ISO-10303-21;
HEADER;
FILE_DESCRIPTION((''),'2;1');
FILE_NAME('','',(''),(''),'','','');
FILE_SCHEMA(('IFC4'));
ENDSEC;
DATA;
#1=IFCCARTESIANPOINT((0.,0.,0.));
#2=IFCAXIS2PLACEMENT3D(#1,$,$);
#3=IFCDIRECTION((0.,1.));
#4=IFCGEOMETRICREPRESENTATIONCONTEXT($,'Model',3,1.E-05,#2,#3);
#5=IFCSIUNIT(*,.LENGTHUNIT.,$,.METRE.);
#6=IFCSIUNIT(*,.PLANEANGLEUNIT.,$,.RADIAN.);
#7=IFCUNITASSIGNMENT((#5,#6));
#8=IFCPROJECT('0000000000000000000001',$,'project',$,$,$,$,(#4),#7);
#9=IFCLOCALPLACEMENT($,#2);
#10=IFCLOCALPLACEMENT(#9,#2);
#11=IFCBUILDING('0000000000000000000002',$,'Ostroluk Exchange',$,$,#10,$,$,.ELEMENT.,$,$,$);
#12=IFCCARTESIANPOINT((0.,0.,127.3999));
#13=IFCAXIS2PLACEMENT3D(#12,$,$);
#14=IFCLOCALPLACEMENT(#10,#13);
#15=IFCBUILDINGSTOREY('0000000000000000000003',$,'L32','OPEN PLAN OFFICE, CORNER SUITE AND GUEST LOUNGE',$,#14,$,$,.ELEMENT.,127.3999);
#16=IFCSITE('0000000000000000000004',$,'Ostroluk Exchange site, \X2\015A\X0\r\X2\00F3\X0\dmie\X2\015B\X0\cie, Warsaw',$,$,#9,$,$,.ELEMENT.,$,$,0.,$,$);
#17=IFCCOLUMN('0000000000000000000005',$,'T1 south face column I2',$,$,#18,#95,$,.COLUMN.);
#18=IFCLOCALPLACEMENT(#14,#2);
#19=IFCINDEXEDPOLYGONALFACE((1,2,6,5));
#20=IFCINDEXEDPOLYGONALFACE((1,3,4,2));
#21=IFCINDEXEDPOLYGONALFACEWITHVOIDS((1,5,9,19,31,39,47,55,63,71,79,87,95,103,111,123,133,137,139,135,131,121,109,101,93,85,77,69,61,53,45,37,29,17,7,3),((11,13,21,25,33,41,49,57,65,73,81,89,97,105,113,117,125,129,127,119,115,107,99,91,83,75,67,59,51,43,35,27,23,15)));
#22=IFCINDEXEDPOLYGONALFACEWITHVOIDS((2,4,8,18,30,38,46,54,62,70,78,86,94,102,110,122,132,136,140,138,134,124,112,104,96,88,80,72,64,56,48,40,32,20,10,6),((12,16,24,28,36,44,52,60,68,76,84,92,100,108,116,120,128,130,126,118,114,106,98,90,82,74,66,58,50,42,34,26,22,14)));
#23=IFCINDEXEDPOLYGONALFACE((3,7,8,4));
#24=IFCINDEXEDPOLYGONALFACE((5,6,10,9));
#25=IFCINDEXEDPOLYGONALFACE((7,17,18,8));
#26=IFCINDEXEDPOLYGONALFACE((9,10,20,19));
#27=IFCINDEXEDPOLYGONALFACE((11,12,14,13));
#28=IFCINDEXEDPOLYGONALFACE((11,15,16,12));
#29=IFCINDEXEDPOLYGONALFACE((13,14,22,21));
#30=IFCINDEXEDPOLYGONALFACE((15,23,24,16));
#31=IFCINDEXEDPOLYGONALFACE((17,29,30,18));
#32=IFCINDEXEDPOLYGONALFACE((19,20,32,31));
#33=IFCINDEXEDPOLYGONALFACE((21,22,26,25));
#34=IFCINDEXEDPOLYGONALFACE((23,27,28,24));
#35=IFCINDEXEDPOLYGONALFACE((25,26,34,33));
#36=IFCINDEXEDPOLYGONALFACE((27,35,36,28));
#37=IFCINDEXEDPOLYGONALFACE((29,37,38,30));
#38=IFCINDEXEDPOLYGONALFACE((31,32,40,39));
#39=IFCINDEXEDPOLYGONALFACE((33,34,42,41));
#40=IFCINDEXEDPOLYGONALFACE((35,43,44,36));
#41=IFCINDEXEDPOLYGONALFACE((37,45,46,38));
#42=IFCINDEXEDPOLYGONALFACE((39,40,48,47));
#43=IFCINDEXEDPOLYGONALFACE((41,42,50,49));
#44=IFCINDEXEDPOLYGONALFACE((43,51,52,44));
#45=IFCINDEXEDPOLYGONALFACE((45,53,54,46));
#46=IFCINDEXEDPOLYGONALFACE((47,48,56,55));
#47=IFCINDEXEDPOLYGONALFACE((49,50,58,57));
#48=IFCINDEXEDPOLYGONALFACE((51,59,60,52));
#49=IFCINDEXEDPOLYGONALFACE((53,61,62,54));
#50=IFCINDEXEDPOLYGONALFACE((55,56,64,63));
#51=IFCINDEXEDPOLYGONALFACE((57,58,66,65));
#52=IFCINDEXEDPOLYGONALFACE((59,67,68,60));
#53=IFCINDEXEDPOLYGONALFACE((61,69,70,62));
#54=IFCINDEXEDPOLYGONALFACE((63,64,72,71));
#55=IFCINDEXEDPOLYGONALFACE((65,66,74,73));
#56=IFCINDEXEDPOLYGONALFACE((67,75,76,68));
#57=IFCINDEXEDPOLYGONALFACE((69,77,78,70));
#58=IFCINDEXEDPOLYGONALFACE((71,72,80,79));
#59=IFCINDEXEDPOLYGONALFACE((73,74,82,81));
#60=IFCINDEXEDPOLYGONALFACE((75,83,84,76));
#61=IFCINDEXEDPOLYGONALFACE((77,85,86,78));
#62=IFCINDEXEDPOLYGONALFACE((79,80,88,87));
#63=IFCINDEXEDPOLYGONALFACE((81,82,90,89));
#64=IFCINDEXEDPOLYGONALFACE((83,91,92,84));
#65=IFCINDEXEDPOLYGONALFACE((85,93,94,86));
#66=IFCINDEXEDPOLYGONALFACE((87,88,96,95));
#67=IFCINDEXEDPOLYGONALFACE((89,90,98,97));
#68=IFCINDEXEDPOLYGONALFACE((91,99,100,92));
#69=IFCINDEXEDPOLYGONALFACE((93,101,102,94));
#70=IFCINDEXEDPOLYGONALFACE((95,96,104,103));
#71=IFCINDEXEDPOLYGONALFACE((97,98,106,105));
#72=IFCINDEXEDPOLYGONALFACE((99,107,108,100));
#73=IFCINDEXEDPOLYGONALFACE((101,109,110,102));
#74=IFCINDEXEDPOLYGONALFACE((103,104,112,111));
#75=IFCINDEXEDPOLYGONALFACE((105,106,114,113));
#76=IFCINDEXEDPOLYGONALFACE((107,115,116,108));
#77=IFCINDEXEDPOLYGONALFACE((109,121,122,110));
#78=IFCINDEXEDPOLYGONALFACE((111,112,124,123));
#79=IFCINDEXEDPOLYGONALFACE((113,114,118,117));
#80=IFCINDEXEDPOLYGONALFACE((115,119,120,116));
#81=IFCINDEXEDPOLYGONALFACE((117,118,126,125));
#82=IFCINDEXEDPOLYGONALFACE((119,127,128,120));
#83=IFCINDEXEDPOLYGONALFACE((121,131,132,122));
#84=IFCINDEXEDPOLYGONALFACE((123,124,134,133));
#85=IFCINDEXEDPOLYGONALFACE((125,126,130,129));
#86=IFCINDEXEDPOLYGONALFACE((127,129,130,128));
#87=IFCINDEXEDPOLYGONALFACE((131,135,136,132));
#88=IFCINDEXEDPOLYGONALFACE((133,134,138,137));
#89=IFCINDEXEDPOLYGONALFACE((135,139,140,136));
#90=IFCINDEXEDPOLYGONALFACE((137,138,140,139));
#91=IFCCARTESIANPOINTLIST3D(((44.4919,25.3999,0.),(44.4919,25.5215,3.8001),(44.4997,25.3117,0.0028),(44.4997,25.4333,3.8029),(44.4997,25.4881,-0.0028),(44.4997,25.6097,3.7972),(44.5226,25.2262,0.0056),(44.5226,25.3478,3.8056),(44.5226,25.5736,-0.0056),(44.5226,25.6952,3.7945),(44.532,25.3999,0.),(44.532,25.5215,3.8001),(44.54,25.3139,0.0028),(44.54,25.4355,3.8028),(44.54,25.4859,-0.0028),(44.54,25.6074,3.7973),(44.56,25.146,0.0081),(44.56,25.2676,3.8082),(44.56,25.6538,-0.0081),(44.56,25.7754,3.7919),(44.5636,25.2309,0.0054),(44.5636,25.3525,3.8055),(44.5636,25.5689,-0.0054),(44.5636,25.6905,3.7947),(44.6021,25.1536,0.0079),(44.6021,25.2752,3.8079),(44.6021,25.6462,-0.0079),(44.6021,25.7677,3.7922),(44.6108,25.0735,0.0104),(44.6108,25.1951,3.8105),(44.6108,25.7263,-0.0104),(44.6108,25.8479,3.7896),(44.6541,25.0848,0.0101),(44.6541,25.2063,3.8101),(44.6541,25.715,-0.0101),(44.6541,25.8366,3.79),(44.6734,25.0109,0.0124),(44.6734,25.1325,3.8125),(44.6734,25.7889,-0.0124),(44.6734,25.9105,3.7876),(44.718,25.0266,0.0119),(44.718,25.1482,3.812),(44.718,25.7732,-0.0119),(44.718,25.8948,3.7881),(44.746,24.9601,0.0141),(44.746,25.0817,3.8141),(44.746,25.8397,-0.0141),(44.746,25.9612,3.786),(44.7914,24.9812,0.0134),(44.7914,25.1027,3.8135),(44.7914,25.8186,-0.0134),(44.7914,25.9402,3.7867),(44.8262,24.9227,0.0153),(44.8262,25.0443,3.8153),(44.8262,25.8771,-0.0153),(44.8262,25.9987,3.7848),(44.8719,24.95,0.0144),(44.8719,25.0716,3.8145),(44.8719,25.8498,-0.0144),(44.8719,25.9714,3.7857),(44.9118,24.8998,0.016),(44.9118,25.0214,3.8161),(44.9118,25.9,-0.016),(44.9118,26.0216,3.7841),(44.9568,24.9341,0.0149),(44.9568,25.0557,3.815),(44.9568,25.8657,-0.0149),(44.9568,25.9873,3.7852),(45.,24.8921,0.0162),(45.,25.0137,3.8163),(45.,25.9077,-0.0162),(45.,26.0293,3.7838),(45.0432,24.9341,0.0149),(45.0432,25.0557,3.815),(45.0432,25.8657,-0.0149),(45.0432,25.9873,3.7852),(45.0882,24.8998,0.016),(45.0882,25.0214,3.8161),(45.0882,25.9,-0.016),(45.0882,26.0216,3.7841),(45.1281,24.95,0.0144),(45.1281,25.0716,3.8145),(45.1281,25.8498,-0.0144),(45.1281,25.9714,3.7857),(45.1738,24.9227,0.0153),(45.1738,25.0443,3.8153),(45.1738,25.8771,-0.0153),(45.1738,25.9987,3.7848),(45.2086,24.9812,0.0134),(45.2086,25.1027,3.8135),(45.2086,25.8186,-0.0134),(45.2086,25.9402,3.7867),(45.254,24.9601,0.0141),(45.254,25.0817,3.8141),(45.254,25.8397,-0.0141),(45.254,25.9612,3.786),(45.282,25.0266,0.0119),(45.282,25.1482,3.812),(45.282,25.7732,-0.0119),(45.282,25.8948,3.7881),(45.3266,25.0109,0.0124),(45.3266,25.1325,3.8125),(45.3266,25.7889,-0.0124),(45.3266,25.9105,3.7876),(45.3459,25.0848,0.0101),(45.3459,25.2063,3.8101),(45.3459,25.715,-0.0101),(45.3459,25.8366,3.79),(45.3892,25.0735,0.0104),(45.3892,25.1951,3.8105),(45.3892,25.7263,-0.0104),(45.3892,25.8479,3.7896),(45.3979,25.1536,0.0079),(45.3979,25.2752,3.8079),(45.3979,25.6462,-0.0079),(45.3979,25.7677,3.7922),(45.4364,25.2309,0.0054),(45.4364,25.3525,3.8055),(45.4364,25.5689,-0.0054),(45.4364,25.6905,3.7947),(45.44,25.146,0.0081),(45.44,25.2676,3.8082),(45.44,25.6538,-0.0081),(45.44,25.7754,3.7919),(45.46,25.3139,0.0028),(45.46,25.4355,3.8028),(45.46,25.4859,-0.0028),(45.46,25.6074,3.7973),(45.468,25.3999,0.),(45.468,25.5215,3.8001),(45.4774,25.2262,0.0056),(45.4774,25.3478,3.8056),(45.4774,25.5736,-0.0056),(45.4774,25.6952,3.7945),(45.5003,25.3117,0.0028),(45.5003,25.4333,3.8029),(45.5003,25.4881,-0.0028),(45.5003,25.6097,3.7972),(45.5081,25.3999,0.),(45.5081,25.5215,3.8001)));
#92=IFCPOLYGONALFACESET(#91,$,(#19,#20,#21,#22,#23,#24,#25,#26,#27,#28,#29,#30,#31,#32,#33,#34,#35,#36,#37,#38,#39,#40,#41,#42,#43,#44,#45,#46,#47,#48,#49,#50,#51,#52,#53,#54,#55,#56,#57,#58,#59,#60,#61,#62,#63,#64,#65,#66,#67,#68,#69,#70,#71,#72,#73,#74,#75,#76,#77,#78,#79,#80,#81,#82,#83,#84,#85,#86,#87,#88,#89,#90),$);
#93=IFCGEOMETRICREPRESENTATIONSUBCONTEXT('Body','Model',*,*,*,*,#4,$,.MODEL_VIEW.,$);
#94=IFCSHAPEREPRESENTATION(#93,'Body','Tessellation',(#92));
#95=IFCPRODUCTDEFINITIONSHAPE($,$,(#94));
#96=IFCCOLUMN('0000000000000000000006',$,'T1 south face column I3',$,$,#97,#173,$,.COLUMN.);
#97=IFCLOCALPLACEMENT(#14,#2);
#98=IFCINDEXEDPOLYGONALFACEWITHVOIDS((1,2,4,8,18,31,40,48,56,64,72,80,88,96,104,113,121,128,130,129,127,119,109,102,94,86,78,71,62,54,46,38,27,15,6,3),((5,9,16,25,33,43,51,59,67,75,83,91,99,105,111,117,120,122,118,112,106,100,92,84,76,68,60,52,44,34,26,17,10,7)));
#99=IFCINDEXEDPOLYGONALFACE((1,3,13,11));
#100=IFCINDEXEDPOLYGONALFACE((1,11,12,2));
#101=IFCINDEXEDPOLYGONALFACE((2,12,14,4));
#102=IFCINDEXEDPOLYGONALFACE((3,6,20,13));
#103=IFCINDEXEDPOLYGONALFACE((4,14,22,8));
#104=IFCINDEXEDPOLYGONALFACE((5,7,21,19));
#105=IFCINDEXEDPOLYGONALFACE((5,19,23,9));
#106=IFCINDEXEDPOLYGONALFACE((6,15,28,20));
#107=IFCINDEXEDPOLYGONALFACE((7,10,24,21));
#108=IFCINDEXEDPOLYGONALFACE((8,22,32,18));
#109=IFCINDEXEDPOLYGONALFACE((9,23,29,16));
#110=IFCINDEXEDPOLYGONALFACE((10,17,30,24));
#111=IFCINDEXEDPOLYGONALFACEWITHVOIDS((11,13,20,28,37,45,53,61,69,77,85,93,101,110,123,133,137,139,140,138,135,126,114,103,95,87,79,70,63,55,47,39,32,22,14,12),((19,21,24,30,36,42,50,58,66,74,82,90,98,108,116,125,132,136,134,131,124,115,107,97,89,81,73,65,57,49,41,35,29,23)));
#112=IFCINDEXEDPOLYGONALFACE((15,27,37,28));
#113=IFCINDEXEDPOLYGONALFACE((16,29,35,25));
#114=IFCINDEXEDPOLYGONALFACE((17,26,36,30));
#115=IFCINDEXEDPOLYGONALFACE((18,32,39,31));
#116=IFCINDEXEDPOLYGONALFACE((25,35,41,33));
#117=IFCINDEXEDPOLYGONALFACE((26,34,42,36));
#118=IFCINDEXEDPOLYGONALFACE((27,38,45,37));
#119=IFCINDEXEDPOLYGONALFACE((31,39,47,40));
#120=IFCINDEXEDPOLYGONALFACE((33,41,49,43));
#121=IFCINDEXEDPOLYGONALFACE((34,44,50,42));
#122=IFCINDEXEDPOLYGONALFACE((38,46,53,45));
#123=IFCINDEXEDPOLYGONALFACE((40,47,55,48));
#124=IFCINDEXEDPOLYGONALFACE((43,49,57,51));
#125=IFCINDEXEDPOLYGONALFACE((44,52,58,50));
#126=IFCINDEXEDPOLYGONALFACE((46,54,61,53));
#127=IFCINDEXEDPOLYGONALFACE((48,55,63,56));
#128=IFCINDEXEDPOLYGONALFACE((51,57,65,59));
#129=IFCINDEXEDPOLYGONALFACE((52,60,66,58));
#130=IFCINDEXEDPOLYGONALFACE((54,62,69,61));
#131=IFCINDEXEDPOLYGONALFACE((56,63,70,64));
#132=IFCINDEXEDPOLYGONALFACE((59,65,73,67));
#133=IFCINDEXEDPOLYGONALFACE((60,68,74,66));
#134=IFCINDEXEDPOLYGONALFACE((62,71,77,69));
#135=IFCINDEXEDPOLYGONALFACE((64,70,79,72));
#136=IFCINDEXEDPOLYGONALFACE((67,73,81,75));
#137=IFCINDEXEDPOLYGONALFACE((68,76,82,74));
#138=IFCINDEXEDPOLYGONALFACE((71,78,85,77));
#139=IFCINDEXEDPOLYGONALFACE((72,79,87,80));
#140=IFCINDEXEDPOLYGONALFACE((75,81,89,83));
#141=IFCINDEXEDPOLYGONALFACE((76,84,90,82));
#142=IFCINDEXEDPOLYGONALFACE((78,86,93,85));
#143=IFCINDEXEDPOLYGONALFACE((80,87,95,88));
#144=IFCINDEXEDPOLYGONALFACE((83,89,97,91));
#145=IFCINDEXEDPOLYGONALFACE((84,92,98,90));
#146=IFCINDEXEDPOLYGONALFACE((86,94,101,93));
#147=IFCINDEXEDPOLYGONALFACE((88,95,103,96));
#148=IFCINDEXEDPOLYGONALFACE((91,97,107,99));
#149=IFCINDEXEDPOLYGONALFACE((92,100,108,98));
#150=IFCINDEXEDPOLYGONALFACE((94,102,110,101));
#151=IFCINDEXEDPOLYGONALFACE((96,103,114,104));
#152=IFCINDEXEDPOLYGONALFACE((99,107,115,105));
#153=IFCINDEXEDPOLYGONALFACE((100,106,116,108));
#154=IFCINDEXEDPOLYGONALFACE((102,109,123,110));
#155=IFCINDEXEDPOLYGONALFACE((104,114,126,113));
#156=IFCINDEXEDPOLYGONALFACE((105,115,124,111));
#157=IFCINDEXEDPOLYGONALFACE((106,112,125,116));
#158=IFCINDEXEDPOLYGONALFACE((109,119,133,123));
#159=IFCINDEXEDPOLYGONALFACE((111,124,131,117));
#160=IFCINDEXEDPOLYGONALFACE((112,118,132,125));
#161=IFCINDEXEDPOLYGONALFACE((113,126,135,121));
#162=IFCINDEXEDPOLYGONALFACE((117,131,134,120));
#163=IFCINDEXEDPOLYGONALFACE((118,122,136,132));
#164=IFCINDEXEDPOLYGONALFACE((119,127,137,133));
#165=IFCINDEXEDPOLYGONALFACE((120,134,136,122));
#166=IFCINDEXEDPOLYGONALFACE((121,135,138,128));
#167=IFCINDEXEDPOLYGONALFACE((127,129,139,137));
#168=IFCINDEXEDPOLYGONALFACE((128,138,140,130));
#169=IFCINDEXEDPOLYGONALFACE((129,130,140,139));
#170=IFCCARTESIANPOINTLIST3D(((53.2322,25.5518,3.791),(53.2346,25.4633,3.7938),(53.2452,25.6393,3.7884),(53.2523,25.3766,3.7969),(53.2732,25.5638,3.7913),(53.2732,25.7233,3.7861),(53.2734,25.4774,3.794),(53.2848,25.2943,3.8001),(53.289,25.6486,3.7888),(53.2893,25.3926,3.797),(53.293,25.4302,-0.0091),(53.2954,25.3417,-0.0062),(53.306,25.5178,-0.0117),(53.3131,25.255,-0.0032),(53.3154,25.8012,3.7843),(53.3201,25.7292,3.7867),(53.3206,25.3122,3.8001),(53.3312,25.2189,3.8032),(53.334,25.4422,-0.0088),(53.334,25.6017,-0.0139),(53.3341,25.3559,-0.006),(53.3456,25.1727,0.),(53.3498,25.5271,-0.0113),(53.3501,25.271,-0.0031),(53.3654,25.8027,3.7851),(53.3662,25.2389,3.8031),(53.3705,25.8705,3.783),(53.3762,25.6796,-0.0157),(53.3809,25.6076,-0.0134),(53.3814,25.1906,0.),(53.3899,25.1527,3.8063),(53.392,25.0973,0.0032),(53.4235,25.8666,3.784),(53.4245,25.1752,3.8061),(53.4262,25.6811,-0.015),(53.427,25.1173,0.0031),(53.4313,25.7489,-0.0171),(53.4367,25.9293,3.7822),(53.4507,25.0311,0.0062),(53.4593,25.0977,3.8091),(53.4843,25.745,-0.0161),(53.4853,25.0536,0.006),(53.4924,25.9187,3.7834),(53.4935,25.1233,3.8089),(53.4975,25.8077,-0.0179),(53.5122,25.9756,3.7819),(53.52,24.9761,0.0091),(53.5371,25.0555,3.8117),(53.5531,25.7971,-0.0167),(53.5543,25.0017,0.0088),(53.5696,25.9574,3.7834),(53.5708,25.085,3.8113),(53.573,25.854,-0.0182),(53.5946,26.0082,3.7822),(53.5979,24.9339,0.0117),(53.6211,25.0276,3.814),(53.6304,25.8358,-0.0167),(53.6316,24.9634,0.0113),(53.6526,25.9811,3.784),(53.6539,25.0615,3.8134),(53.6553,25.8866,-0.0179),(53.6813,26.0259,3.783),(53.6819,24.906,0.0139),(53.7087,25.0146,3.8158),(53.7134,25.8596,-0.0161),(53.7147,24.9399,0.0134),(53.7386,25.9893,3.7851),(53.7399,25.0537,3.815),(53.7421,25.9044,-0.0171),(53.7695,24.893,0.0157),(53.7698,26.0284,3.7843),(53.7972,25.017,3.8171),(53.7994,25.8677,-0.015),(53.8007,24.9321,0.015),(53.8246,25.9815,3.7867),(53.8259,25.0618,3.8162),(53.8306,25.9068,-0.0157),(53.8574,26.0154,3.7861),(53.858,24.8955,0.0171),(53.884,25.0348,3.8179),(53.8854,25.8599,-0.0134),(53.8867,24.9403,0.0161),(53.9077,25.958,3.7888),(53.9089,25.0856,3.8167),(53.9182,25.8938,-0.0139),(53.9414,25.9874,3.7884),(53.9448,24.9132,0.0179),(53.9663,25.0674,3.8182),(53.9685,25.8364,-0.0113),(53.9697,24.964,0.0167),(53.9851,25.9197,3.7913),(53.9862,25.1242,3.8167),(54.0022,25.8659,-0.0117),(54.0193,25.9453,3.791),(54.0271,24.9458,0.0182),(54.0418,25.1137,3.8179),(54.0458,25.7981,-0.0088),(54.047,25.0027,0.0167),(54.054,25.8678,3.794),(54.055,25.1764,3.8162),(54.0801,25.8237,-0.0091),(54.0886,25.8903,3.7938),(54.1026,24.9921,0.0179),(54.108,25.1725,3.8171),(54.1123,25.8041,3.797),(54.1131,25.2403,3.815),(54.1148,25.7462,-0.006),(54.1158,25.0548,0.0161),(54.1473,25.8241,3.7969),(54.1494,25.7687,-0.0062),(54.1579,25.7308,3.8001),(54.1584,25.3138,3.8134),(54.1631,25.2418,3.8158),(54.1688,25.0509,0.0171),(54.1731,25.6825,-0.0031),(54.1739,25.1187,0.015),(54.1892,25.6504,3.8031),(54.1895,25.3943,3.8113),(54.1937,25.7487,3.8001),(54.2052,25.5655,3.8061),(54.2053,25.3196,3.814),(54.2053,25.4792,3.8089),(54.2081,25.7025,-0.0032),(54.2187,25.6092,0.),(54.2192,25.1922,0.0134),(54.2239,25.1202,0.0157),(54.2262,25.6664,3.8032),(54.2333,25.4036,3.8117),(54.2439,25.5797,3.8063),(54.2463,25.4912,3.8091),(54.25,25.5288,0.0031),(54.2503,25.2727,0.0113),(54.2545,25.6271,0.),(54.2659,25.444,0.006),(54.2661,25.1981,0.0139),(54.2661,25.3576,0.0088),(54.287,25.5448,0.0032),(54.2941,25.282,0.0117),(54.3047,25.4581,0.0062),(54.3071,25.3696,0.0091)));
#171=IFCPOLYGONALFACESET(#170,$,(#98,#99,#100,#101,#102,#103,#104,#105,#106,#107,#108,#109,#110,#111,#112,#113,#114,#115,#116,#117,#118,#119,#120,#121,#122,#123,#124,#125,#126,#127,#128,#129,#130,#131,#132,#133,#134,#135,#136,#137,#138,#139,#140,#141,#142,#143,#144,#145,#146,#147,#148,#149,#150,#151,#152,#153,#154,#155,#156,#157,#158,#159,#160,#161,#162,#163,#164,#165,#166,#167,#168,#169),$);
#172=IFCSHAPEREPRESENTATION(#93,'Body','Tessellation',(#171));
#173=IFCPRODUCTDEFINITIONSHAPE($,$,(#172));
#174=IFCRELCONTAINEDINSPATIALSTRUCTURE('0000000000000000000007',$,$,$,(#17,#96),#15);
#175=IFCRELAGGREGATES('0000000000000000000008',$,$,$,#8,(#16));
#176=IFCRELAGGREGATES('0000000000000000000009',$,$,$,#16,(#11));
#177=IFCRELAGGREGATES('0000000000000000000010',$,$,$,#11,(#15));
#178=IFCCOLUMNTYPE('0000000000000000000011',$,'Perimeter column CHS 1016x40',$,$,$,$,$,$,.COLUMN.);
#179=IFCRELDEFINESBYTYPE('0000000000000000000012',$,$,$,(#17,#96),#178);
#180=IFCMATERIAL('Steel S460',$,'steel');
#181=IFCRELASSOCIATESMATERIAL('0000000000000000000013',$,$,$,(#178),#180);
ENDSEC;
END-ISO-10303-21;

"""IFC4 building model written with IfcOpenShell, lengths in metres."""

from ifc_helpers import new_model, si_unit, direction, frame, origin, origin_2d, place, context, subcontext, project, spatial, hollow_circle, extrude, material, material_profile, profile_set, type_object, element, save


model = new_model("IFC4")

# Units and contexts
model_context = context("Model", 3, precision=1e-05, world=origin(), true_north=direction((0.0, 1.0)))
body_context = subcontext(model_context, "Body", "Model", "MODEL_VIEW")
ifc_project = project(units=[si_unit("LENGTHUNIT", "METRE"), si_unit("PLANEANGLEUNIT", "RADIAN")], contexts=[model_context])

# Site, building, storey
site_placement = place(None, origin())
site = spatial("IfcSite", under=ifc_project, at=site_placement, Name="Ostroluk Exchange site, Śródmieście, Warsaw", CompositionType="ELEMENT", RefElevation=0.0)
building_placement = place(site_placement, origin())
building = spatial("IfcBuilding", under=site, at=building_placement, Name="Ostroluk Exchange", CompositionType="ELEMENT")
storey_placement = place(building_placement, frame((0.0, 0.0, 127.3999)))
storey = spatial("IfcBuildingStorey", under=building, at=storey_placement, Name="L32", Description="OPEN PLAN OFFICE, CORNER SUITE AND GUEST LOUNGE", CompositionType="ELEMENT", Elevation=127.3999)

# Columns
ifc_material_1 = material(Name="Steel S460", Category="steel")
ifc_material_profile_1 = material_profile(ifc_material_1, hollow_circle(Radius=0.5081, WallThickness=0.04, at=origin_2d()), Name="CHS 1016x40")
ifc_profile_set_1 = profile_set([ifc_material_profile_1], Name="Steel S460")
column_type = type_object("IfcColumnType", Name="Perimeter column CHS 1016x40", PredefinedType="COLUMN", material=ifc_profile_set_1)
column_1_placement = place(storey_placement, frame((45.0, 25.3999, 0.0), z_axis=(0.0, 0.031978, 0.999489), x_axis=(-1.0, 0.0, 0.0)))
element("IfcColumn", 1, at=column_1_placement, inside=storey, type_object=column_type, Name="T1 south face column I2", PredefinedType="COLUMN", context=body_context, shape_type="SweptSolid", body=[
    extrude(hollow_circle(Radius=0.5081, WallThickness=0.04, at=origin_2d()), origin(), (0.0, 0.0, 1.0), 3.802),
])
column_2_placement = place(storey_placement, frame((53.8, 25.3999, 0.0), z_axis=(-0.015987, 0.031974, 0.999361), x_axis=(-0.894427, -0.447214, 0.0)))
element("IfcColumn", 2, at=column_2_placement, inside=storey, type_object=column_type, Name="T1 south face column I3", PredefinedType="COLUMN", context=body_context, shape_type="SweptSolid", body=[
    extrude(hollow_circle(Radius=0.5081, WallThickness=0.04, at=origin_2d()), origin(), (0.0, 0.0, 1.0), 3.8025),
])

save(model, "model.ifc")
